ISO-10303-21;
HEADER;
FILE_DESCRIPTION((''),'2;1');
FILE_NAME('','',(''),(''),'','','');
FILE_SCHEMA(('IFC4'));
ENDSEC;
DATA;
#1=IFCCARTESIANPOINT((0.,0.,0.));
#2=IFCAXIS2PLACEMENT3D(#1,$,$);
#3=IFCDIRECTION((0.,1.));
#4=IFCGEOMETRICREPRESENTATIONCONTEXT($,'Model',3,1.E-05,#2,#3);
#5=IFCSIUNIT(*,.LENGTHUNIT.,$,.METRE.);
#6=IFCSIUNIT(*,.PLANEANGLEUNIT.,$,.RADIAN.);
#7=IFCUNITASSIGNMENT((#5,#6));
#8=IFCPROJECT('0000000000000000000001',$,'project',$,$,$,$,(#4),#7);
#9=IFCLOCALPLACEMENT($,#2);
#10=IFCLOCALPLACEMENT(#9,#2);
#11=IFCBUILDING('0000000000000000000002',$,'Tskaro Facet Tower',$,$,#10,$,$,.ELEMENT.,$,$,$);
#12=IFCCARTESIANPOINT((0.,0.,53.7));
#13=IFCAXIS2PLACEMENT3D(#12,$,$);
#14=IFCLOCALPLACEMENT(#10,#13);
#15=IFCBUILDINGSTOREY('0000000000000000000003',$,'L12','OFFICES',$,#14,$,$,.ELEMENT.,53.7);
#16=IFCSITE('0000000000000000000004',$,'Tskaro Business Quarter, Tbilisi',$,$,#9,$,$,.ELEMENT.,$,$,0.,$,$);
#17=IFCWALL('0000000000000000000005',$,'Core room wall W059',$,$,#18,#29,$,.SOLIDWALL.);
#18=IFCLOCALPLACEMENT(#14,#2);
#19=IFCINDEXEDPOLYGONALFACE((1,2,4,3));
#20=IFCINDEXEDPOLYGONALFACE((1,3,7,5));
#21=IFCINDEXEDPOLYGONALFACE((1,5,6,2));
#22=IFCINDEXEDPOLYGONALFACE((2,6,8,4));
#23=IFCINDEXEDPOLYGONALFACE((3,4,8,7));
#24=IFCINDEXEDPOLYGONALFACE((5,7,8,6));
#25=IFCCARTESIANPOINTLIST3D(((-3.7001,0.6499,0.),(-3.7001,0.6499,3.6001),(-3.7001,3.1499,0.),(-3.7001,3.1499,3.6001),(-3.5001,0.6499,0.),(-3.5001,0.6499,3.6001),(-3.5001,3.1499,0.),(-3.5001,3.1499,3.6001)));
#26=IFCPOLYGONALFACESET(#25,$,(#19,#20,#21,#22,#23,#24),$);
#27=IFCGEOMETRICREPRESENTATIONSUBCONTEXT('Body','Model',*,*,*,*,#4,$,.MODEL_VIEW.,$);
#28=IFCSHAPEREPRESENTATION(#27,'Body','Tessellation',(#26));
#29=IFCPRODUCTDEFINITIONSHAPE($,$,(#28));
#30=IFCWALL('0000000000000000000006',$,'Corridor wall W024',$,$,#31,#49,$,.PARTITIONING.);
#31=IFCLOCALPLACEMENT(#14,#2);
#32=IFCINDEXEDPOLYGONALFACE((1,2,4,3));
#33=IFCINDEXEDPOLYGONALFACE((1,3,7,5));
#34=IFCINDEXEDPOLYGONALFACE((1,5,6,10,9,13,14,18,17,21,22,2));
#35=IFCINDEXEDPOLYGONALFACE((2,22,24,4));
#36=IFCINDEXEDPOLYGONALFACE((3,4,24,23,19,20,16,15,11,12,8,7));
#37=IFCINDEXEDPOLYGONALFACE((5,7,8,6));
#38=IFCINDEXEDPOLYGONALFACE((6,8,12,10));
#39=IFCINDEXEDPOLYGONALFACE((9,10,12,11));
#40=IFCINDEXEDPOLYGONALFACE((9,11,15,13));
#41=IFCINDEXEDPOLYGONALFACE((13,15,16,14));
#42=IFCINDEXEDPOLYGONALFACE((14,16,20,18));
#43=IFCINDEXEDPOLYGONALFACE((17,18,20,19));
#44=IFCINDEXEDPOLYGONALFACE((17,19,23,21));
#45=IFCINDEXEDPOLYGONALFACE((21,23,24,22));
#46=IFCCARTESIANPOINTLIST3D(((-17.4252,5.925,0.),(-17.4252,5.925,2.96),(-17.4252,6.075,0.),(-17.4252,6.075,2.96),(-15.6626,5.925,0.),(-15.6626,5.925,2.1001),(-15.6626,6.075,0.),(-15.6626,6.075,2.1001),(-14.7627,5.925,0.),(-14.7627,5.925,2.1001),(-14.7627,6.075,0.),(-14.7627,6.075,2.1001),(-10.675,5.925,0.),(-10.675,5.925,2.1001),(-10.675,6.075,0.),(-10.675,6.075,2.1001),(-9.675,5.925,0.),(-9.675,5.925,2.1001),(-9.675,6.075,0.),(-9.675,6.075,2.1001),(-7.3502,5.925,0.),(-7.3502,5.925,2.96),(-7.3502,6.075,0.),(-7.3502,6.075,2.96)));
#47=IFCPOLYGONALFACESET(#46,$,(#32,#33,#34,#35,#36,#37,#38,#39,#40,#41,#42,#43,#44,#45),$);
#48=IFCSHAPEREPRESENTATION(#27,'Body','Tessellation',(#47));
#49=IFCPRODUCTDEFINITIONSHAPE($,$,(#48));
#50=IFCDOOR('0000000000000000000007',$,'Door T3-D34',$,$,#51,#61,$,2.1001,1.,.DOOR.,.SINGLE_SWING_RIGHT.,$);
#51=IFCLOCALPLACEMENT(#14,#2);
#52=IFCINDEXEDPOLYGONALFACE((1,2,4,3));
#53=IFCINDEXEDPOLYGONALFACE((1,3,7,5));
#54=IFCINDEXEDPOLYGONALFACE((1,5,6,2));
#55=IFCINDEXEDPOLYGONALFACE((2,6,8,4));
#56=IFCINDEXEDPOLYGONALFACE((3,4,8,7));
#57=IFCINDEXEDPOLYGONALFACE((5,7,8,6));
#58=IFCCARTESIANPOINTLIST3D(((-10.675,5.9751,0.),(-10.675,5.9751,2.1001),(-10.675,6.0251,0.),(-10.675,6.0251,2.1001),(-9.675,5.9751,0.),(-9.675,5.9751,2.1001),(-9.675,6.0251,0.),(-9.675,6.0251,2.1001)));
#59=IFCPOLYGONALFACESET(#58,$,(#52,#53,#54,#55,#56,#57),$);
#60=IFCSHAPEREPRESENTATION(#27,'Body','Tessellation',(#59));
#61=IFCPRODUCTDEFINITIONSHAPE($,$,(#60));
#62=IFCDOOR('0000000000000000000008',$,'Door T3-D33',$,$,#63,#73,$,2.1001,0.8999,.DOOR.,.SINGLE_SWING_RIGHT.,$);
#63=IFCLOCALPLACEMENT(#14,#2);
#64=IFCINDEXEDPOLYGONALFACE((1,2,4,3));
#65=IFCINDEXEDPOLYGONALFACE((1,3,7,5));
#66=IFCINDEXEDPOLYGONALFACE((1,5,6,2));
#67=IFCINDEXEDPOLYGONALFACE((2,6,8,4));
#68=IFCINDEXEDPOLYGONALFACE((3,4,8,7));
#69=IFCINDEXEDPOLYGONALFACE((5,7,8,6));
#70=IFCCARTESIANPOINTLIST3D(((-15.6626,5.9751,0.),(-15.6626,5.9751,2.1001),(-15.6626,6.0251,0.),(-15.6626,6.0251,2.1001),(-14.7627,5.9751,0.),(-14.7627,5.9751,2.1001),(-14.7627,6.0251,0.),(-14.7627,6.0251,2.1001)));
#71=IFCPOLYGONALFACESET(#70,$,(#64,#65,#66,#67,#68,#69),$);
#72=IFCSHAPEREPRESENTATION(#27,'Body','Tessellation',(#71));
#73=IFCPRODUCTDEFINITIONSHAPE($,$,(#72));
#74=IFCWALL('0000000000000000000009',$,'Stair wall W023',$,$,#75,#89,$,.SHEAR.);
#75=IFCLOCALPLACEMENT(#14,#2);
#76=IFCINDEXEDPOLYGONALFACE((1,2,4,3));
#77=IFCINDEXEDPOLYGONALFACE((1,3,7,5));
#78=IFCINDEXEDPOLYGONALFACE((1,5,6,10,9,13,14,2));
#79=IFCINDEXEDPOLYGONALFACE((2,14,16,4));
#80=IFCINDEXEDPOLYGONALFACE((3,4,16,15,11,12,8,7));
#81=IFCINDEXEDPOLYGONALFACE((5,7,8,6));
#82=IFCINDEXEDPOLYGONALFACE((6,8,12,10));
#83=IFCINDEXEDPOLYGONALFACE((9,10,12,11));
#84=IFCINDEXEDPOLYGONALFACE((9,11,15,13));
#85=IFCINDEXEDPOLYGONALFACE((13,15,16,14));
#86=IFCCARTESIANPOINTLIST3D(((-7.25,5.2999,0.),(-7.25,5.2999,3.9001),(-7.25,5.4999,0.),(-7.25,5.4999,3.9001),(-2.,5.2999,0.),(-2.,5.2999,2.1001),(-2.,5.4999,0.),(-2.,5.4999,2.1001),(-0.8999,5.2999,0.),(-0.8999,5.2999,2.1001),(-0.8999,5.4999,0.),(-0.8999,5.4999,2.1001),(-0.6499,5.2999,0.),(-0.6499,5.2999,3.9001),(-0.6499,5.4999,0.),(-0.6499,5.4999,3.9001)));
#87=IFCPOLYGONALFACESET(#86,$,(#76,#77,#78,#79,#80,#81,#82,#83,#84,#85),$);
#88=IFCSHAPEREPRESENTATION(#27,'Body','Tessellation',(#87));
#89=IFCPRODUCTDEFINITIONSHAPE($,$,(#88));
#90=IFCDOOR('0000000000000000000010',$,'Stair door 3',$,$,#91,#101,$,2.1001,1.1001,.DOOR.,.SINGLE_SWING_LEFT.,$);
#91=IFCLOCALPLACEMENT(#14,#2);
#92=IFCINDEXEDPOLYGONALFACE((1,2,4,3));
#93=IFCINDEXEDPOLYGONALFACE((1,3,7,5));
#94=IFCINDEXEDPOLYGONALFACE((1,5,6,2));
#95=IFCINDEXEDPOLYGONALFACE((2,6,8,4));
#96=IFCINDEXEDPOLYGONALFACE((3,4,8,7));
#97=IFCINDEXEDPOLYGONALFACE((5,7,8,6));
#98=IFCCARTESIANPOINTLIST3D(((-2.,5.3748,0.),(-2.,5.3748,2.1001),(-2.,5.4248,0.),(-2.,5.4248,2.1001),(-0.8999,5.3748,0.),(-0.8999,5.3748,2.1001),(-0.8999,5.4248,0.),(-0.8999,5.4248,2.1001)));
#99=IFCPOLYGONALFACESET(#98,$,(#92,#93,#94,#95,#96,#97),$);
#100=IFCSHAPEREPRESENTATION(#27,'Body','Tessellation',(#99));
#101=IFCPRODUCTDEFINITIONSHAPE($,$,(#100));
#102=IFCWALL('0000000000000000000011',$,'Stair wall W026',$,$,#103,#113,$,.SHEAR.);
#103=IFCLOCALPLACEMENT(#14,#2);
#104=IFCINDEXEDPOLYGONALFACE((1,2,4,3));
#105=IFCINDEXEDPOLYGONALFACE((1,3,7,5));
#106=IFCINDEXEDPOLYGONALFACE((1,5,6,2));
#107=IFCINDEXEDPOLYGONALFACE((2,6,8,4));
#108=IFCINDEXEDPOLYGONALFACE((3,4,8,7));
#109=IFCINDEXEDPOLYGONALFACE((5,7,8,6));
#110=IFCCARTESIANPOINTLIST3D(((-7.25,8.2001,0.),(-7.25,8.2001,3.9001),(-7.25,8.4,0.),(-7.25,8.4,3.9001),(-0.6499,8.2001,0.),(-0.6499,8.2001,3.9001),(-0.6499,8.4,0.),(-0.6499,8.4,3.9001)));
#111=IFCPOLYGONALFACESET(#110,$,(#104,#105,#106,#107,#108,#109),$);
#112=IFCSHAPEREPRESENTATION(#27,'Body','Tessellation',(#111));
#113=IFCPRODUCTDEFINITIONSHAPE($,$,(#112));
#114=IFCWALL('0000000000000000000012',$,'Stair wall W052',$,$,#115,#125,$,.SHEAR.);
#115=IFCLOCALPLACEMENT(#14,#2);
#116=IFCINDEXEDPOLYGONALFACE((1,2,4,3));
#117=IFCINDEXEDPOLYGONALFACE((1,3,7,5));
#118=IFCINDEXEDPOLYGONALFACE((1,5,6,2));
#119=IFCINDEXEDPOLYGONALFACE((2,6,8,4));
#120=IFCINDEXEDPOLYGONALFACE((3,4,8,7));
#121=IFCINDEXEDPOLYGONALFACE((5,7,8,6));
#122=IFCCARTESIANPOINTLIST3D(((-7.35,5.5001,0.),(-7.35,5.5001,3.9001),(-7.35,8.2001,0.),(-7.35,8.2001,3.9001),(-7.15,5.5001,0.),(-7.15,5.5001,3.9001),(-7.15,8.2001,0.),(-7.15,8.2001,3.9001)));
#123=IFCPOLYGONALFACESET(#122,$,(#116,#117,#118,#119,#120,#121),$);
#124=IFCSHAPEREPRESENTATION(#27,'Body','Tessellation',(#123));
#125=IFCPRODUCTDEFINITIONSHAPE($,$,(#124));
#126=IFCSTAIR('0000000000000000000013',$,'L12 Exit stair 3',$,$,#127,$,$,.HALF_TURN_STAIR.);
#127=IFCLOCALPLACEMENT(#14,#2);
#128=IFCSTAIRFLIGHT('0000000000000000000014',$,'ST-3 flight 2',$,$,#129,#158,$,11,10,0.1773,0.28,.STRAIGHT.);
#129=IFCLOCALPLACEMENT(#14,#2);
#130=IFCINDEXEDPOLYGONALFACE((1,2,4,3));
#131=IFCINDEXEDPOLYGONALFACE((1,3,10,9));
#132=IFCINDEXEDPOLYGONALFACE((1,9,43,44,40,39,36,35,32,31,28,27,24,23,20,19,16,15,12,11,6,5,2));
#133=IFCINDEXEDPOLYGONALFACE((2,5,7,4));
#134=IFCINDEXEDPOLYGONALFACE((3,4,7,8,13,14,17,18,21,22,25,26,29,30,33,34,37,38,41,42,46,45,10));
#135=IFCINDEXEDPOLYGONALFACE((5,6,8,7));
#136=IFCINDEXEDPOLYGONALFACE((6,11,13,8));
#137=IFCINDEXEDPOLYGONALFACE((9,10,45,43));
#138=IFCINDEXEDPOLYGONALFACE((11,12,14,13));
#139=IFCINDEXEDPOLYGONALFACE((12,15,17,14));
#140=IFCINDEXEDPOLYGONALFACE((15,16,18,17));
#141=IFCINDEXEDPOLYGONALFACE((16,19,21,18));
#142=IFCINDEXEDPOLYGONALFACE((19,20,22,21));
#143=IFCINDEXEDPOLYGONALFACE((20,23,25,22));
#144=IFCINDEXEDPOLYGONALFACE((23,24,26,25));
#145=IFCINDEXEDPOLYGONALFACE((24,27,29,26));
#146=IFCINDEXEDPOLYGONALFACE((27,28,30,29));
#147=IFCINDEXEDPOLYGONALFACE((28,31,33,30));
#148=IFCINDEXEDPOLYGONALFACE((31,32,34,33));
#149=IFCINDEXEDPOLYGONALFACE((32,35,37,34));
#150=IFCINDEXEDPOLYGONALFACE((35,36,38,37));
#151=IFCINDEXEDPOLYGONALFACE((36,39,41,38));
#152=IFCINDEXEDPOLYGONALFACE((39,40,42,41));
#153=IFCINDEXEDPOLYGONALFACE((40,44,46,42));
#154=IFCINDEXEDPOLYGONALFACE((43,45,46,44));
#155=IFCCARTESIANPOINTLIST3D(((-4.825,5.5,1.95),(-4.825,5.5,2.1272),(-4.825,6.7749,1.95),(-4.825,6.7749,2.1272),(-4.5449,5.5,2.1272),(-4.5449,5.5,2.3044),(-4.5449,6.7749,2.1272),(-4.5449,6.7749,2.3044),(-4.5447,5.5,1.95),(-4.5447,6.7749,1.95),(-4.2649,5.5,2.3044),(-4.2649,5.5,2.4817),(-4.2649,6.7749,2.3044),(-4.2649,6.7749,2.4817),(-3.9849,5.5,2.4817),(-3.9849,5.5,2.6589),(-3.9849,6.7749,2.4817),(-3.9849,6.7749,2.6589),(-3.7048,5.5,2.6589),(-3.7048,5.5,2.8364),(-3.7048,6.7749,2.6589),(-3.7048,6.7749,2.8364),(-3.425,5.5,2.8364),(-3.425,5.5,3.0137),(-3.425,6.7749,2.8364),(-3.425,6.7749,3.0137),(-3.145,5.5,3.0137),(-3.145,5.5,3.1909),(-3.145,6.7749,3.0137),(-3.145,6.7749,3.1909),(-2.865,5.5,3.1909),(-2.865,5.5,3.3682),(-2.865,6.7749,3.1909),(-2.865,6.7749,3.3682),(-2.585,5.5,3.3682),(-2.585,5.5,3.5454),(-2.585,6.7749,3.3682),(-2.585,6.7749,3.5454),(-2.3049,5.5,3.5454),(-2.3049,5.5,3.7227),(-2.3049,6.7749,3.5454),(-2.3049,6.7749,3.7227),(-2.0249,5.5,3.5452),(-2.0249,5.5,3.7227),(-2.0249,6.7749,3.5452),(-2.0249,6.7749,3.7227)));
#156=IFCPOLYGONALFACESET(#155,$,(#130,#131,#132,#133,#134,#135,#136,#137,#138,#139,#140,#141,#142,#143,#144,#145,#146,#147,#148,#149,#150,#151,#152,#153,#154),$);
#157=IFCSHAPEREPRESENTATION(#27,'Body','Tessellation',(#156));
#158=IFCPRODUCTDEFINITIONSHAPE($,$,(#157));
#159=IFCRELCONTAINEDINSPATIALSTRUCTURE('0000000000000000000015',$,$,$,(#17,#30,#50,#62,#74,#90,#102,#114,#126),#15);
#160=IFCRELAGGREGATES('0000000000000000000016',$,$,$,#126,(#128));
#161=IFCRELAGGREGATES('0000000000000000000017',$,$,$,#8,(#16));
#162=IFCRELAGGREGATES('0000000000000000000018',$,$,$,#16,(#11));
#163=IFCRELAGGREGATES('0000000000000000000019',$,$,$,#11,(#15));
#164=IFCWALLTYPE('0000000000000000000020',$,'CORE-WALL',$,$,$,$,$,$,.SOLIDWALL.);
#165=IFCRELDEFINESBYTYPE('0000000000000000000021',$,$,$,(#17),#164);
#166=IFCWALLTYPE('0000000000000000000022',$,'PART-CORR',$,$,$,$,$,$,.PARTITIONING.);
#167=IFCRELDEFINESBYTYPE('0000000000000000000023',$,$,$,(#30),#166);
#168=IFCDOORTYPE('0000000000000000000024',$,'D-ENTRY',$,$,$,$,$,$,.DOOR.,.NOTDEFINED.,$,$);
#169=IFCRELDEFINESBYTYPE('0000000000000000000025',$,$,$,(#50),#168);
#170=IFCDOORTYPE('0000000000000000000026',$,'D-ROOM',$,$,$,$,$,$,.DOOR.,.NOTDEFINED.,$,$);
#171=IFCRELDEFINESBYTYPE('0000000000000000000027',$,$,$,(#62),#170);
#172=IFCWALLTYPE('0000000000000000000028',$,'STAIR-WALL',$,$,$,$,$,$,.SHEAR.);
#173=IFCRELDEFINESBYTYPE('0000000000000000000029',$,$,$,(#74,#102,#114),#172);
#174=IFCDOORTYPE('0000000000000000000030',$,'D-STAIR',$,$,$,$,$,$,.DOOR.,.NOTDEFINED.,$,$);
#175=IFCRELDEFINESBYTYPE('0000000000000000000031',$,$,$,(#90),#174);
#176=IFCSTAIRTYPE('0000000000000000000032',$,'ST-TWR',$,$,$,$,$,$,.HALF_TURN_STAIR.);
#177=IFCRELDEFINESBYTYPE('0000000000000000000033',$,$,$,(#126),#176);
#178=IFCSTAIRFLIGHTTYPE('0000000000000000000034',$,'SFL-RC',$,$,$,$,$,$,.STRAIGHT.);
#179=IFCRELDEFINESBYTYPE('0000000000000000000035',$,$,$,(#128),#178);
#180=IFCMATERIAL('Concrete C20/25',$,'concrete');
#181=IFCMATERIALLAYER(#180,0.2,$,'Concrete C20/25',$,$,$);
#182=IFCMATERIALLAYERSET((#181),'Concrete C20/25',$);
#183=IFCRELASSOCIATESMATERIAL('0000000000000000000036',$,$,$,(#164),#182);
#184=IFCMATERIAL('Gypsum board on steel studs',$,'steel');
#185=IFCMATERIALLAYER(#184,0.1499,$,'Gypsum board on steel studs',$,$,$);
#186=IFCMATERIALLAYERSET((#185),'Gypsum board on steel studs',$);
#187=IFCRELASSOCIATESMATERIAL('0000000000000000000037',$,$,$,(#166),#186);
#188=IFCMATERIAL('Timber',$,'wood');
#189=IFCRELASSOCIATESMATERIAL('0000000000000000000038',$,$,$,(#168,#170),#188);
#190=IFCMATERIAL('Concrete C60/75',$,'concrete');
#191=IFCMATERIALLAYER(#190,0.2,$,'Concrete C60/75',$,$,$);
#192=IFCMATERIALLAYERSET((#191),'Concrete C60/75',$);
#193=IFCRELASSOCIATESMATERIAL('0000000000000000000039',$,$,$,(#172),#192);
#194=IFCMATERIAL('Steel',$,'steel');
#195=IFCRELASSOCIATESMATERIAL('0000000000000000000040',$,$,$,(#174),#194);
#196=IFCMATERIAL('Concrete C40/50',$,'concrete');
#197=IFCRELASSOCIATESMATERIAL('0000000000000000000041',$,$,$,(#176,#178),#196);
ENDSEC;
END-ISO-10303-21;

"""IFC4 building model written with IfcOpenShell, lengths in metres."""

from ifc_helpers import new_model, si_unit, direction, frame, frame_2d, origin, place, context, subcontext, project, spatial, polyline, rectangle, outline, extrude, material, layer, layer_set, type_object, element, fill, aggregate, save


model = new_model("IFC4")

# Units and contexts
model_context = context("Model", 3, precision=1e-05, world=origin(), true_north=direction((0.0, 1.0)))
body_context = subcontext(model_context, "Body", "Model", "MODEL_VIEW")
ifc_project = project(units=[si_unit("LENGTHUNIT", "METRE"), si_unit("PLANEANGLEUNIT", "RADIAN")], contexts=[model_context])

# Site, building, storey
site_placement = place(None, origin())
site = spatial("IfcSite", under=ifc_project, at=site_placement, Name="Tskaro Business Quarter, Tbilisi", CompositionType="ELEMENT", RefElevation=0.0)
building_placement = place(site_placement, origin())
building = spatial("IfcBuilding", under=site, at=building_placement, Name="Tskaro Facet Tower", CompositionType="ELEMENT")
storey_placement = place(building_placement, frame((0.0, 0.0, 53.7)))
storey = spatial("IfcBuildingStorey", under=building, at=storey_placement, Name="L12", Description="OFFICES", CompositionType="ELEMENT", Elevation=53.7)

# Wall
ifc_material_1 = material(Name="Concrete C20/25", Category="concrete")
ifc_layer_1 = layer(ifc_material_1, 0.2, Name="Concrete C20/25")
ifc_layer_set_1 = layer_set([ifc_layer_1], Name="Concrete C20/25")
wall_type_1 = type_object("IfcWallType", Name="CORE-WALL", PredefinedType="SOLIDWALL", material=ifc_layer_set_1)
for number, where, z_axis, x_axis, name in (
    (1, (-3.6001, 0.6499, 0.0), (0.0, 0.0, 1.0), (0.0, 1.0, 0.0), "Core room wall W059"),
):
    element("IfcWall", number, at=place(storey_placement, frame(where, z_axis=z_axis, x_axis=x_axis)), inside=storey, type_object=wall_type_1, Name=name, PredefinedType="SOLIDWALL", context=body_context, shape_type="SweptSolid", body=[
        extrude(rectangle(XDim=2.5, YDim=0.2, at=frame_2d((1.25, 0.0))), origin(), (0.0, 0.0, 1.0), 3.6001),
    ])

# Wall, openings, doors
ifc_material_2 = material(Name="Gypsum board on steel studs", Category="steel")
ifc_layer_2 = layer(ifc_material_2, 0.1499, Name="Gypsum board on steel studs")
ifc_layer_set_2 = layer_set([ifc_layer_2], Name="Gypsum board on steel studs")
wall_type_2 = type_object("IfcWallType", Name="PART-CORR", PredefinedType="PARTITIONING", material=ifc_layer_set_2)
wall_1_placement = place(storey_placement, frame((-7.3501, 6.0, 0.0), z_axis=(0.0, 0.0, 1.0), x_axis=(-1.0, 0.0, 0.0)))
wall_1 = element("IfcWall", 2, at=wall_1_placement, inside=storey, type_object=wall_type_2, Name="Corridor wall W024", PredefinedType="PARTITIONING", context=body_context, shape_type="SweptSolid", body=[
    extrude(rectangle(XDim=10.075, YDim=0.1499, at=frame_2d((5.0376, 0.0))), origin(), (0.0, 0.0, 1.0), 2.96),
])
opening_1_placement = place(wall_1_placement, frame((2.325, 0.0, 0.0)))
opening_1 = element("IfcOpeningElement", 3, at=opening_1_placement, cuts=wall_1, PredefinedType="OPENING", context=body_context, shape_type="SweptSolid", body=[
    extrude(rectangle(XDim=1.0, YDim=2.1001, at=frame_2d((0.5, 1.05))), frame((0.0, 0.085, 0.0), z_axis=(0.0, -1.0, 0.0), x_axis=(1.0, 0.0, 0.0)), (0.0, 0.0, 1.0), 0.1699),
])
opening_2_placement = place(wall_1_placement, frame((7.4126, 0.0, 0.0)))
opening_2 = element("IfcOpeningElement", 4, at=opening_2_placement, cuts=wall_1, PredefinedType="OPENING", context=body_context, shape_type="SweptSolid", body=[
    extrude(rectangle(XDim=0.8999, YDim=2.1001, at=frame_2d((0.45, 1.05))), frame((0.0, 0.085, 0.0), z_axis=(0.0, -1.0, 0.0), x_axis=(1.0, 0.0, 0.0)), (0.0, 0.0, 1.0), 0.1699),
])
ifc_material_3 = material(Name="Timber", Category="wood")
door_type_1 = type_object("IfcDoorType", Name="D-ENTRY", OperationType="NOTDEFINED", PredefinedType="DOOR", material=ifc_material_3)
door_1_placement = place(opening_1_placement, origin())
door_1 = element("IfcDoor", 5, at=door_1_placement, inside=storey, type_object=door_type_1, Name="Door T3-D34", OperationType="SINGLE_SWING_RIGHT", OverallHeight=2.1001, OverallWidth=1.0, PredefinedType="DOOR", context=body_context, shape_type="SweptSolid", body=[
    extrude(rectangle(XDim=1.0, YDim=2.1001, at=frame_2d((0.5, 1.05))), frame((0.0, 0.0249, 0.0), z_axis=(0.0, -1.0, 0.0), x_axis=(1.0, 0.0, 0.0)), (0.0, 0.0, 1.0), 0.05),
])
fill(opening_1, door_1)
door_type_2 = type_object("IfcDoorType", Name="D-ROOM", OperationType="NOTDEFINED", PredefinedType="DOOR", material=ifc_material_3)
door_2_placement = place(opening_2_placement, origin())
door_2 = element("IfcDoor", 6, at=door_2_placement, inside=storey, type_object=door_type_2, Name="Door T3-D33", OperationType="SINGLE_SWING_RIGHT", OverallHeight=2.1001, OverallWidth=0.8999, PredefinedType="DOOR", context=body_context, shape_type="SweptSolid", body=[
    extrude(rectangle(XDim=0.8999, YDim=2.1001, at=frame_2d((0.45, 1.05))), frame((0.0, 0.0249, 0.0), z_axis=(0.0, -1.0, 0.0), x_axis=(1.0, 0.0, 0.0)), (0.0, 0.0, 1.0), 0.05),
])
fill(opening_2, door_2)

# Wall, opening, door
ifc_material_4 = material(Name="Concrete C60/75", Category="concrete")
ifc_layer_3 = layer(ifc_material_4, 0.2, Name="Concrete C60/75")
ifc_layer_set_3 = layer_set([ifc_layer_3], Name="Concrete C60/75")
wall_type_3 = type_object("IfcWallType", Name="STAIR-WALL", PredefinedType="SHEAR", material=ifc_layer_set_3)
wall_2_placement = place(storey_placement, frame((-7.25, 5.3999, 0.0), z_axis=(0.0, 0.0, 1.0), x_axis=(1.0, 0.0, 0.0)))
wall_2 = element("IfcWall", 7, at=wall_2_placement, inside=storey, type_object=wall_type_3, Name="Stair wall W023", PredefinedType="SHEAR", context=body_context, shape_type="SweptSolid", body=[
    extrude(rectangle(XDim=6.6001, YDim=0.2, at=frame_2d((3.3, 0.0))), origin(), (0.0, 0.0, 1.0), 3.9001),
])
opening_3_placement = place(wall_2_placement, frame((5.25, 0.0, 0.0)))
opening_3 = element("IfcOpeningElement", 8, at=opening_3_placement, cuts=wall_2, PredefinedType="OPENING", context=body_context, shape_type="SweptSolid", body=[
    extrude(rectangle(XDim=1.1001, YDim=2.1001, at=frame_2d((0.55, 1.05))), frame((0.0, 0.1099, 0.0), z_axis=(0.0, -1.0, 0.0), x_axis=(1.0, 0.0, 0.0)), (0.0, 0.0, 1.0), 0.22),
])
ifc_material_5 = material(Name="Steel", Category="steel")
door_type_3 = type_object("IfcDoorType", Name="D-STAIR", OperationType="NOTDEFINED", PredefinedType="DOOR", material=ifc_material_5)
door_3_placement = place(opening_3_placement, origin())
door_3 = element("IfcDoor", 9, at=door_3_placement, inside=storey, type_object=door_type_3, Name="Stair door 3", OperationType="SINGLE_SWING_LEFT", OverallHeight=2.1001, OverallWidth=1.1001, PredefinedType="DOOR", context=body_context, shape_type="SweptSolid", body=[
    extrude(rectangle(XDim=1.1001, YDim=2.1001, at=frame_2d((0.55, 1.05))), frame((0.0, 0.0249, 0.0), z_axis=(0.0, -1.0, 0.0), x_axis=(1.0, 0.0, 0.0)), (0.0, 0.0, 1.0), 0.05),
])
fill(opening_3, door_3)

# Walls
wall_3_placement = place(storey_placement, frame((-7.25, 8.3, 0.0), z_axis=(0.0, 0.0, 1.0), x_axis=(1.0, 0.0, 0.0)))
element("IfcWall", 10, at=wall_3_placement, inside=storey, type_object=wall_type_3, Name="Stair wall W026", PredefinedType="SHEAR", context=body_context, shape_type="SweptSolid", body=[
    extrude(rectangle(XDim=6.6001, YDim=0.2, at=frame_2d((3.3, 0.0))), origin(), (0.0, 0.0, 1.0), 3.9001),
])
wall_4_placement = place(storey_placement, frame((-7.25, 5.5, 0.0), z_axis=(0.0, 0.0, 1.0), x_axis=(0.0, 1.0, 0.0)))
element("IfcWall", 11, at=wall_4_placement, inside=storey, type_object=wall_type_3, Name="Stair wall W052", PredefinedType="SHEAR", context=body_context, shape_type="SweptSolid", body=[
    extrude(rectangle(XDim=2.7, YDim=0.2, at=frame_2d((1.3501, 0.0))), origin(), (0.0, 0.0, 1.0), 3.9001),
])

# Stair, stair flight
ifc_material_6 = material(Name="Concrete C40/50", Category="concrete")
stair_type = type_object("IfcStairType", Name="ST-TWR", PredefinedType="HALF_TURN_STAIR", material=ifc_material_6)
stair_placement = place(storey_placement, origin())
stair = element("IfcStair", 12, at=stair_placement, inside=storey, type_object=stair_type, Name="L12 Exit stair 3", PredefinedType="HALF_TURN_STAIR")
stair_flight_type = type_object("IfcStairFlightType", Name="SFL-RC", PredefinedType="STRAIGHT", material=ifc_material_6)
stair_flight_placement = place(storey_placement, frame((-4.825, 6.1375, 1.95), z_axis=(0.0, 0.0, 1.0), x_axis=(1.0, 0.0, 0.0)))
stair_flight = element("IfcStairFlight", 13, at=stair_flight_placement, type_object=stair_flight_type, Name="ST-3 flight 2", NumberOfRisers=11, NumberOfTreads=10, PredefinedType="STRAIGHT", RiserHeight=0.1773, TreadLength=0.28, context=body_context, shape_type="SweptSolid", body=[
    extrude(outline(polyline([(0.0, 0.0), (0.0, 0.1772), (0.28, 0.1772), (0.28, 0.3545), (0.5601, 0.3545), (0.5601, 0.5317), (0.8401, 0.5317), (0.8401, 0.709), (1.1201, 0.709), (1.1201, 0.8865), (1.3999, 0.8865), (1.3999, 1.0637), (1.6799, 1.0637), (1.6799, 1.241), (1.96, 1.241), (1.96, 1.4182), (2.24, 1.4182), (2.24, 1.5955), (2.52, 1.5955), (2.52, 1.7727), (2.8, 1.7727), (2.8, 1.95), (2.8, 1.5952), (0.2803, 0.0), (0.0, 0.0)])), frame((0.0, 0.6375, 0.0), z_axis=(0.0, -1.0, 0.0), x_axis=(1.0, 0.0, 0.0)), (0.0, 0.0, 1.0), 1.2749),
])
aggregate(stair, [stair_flight])

save(model, "model.ifc")
